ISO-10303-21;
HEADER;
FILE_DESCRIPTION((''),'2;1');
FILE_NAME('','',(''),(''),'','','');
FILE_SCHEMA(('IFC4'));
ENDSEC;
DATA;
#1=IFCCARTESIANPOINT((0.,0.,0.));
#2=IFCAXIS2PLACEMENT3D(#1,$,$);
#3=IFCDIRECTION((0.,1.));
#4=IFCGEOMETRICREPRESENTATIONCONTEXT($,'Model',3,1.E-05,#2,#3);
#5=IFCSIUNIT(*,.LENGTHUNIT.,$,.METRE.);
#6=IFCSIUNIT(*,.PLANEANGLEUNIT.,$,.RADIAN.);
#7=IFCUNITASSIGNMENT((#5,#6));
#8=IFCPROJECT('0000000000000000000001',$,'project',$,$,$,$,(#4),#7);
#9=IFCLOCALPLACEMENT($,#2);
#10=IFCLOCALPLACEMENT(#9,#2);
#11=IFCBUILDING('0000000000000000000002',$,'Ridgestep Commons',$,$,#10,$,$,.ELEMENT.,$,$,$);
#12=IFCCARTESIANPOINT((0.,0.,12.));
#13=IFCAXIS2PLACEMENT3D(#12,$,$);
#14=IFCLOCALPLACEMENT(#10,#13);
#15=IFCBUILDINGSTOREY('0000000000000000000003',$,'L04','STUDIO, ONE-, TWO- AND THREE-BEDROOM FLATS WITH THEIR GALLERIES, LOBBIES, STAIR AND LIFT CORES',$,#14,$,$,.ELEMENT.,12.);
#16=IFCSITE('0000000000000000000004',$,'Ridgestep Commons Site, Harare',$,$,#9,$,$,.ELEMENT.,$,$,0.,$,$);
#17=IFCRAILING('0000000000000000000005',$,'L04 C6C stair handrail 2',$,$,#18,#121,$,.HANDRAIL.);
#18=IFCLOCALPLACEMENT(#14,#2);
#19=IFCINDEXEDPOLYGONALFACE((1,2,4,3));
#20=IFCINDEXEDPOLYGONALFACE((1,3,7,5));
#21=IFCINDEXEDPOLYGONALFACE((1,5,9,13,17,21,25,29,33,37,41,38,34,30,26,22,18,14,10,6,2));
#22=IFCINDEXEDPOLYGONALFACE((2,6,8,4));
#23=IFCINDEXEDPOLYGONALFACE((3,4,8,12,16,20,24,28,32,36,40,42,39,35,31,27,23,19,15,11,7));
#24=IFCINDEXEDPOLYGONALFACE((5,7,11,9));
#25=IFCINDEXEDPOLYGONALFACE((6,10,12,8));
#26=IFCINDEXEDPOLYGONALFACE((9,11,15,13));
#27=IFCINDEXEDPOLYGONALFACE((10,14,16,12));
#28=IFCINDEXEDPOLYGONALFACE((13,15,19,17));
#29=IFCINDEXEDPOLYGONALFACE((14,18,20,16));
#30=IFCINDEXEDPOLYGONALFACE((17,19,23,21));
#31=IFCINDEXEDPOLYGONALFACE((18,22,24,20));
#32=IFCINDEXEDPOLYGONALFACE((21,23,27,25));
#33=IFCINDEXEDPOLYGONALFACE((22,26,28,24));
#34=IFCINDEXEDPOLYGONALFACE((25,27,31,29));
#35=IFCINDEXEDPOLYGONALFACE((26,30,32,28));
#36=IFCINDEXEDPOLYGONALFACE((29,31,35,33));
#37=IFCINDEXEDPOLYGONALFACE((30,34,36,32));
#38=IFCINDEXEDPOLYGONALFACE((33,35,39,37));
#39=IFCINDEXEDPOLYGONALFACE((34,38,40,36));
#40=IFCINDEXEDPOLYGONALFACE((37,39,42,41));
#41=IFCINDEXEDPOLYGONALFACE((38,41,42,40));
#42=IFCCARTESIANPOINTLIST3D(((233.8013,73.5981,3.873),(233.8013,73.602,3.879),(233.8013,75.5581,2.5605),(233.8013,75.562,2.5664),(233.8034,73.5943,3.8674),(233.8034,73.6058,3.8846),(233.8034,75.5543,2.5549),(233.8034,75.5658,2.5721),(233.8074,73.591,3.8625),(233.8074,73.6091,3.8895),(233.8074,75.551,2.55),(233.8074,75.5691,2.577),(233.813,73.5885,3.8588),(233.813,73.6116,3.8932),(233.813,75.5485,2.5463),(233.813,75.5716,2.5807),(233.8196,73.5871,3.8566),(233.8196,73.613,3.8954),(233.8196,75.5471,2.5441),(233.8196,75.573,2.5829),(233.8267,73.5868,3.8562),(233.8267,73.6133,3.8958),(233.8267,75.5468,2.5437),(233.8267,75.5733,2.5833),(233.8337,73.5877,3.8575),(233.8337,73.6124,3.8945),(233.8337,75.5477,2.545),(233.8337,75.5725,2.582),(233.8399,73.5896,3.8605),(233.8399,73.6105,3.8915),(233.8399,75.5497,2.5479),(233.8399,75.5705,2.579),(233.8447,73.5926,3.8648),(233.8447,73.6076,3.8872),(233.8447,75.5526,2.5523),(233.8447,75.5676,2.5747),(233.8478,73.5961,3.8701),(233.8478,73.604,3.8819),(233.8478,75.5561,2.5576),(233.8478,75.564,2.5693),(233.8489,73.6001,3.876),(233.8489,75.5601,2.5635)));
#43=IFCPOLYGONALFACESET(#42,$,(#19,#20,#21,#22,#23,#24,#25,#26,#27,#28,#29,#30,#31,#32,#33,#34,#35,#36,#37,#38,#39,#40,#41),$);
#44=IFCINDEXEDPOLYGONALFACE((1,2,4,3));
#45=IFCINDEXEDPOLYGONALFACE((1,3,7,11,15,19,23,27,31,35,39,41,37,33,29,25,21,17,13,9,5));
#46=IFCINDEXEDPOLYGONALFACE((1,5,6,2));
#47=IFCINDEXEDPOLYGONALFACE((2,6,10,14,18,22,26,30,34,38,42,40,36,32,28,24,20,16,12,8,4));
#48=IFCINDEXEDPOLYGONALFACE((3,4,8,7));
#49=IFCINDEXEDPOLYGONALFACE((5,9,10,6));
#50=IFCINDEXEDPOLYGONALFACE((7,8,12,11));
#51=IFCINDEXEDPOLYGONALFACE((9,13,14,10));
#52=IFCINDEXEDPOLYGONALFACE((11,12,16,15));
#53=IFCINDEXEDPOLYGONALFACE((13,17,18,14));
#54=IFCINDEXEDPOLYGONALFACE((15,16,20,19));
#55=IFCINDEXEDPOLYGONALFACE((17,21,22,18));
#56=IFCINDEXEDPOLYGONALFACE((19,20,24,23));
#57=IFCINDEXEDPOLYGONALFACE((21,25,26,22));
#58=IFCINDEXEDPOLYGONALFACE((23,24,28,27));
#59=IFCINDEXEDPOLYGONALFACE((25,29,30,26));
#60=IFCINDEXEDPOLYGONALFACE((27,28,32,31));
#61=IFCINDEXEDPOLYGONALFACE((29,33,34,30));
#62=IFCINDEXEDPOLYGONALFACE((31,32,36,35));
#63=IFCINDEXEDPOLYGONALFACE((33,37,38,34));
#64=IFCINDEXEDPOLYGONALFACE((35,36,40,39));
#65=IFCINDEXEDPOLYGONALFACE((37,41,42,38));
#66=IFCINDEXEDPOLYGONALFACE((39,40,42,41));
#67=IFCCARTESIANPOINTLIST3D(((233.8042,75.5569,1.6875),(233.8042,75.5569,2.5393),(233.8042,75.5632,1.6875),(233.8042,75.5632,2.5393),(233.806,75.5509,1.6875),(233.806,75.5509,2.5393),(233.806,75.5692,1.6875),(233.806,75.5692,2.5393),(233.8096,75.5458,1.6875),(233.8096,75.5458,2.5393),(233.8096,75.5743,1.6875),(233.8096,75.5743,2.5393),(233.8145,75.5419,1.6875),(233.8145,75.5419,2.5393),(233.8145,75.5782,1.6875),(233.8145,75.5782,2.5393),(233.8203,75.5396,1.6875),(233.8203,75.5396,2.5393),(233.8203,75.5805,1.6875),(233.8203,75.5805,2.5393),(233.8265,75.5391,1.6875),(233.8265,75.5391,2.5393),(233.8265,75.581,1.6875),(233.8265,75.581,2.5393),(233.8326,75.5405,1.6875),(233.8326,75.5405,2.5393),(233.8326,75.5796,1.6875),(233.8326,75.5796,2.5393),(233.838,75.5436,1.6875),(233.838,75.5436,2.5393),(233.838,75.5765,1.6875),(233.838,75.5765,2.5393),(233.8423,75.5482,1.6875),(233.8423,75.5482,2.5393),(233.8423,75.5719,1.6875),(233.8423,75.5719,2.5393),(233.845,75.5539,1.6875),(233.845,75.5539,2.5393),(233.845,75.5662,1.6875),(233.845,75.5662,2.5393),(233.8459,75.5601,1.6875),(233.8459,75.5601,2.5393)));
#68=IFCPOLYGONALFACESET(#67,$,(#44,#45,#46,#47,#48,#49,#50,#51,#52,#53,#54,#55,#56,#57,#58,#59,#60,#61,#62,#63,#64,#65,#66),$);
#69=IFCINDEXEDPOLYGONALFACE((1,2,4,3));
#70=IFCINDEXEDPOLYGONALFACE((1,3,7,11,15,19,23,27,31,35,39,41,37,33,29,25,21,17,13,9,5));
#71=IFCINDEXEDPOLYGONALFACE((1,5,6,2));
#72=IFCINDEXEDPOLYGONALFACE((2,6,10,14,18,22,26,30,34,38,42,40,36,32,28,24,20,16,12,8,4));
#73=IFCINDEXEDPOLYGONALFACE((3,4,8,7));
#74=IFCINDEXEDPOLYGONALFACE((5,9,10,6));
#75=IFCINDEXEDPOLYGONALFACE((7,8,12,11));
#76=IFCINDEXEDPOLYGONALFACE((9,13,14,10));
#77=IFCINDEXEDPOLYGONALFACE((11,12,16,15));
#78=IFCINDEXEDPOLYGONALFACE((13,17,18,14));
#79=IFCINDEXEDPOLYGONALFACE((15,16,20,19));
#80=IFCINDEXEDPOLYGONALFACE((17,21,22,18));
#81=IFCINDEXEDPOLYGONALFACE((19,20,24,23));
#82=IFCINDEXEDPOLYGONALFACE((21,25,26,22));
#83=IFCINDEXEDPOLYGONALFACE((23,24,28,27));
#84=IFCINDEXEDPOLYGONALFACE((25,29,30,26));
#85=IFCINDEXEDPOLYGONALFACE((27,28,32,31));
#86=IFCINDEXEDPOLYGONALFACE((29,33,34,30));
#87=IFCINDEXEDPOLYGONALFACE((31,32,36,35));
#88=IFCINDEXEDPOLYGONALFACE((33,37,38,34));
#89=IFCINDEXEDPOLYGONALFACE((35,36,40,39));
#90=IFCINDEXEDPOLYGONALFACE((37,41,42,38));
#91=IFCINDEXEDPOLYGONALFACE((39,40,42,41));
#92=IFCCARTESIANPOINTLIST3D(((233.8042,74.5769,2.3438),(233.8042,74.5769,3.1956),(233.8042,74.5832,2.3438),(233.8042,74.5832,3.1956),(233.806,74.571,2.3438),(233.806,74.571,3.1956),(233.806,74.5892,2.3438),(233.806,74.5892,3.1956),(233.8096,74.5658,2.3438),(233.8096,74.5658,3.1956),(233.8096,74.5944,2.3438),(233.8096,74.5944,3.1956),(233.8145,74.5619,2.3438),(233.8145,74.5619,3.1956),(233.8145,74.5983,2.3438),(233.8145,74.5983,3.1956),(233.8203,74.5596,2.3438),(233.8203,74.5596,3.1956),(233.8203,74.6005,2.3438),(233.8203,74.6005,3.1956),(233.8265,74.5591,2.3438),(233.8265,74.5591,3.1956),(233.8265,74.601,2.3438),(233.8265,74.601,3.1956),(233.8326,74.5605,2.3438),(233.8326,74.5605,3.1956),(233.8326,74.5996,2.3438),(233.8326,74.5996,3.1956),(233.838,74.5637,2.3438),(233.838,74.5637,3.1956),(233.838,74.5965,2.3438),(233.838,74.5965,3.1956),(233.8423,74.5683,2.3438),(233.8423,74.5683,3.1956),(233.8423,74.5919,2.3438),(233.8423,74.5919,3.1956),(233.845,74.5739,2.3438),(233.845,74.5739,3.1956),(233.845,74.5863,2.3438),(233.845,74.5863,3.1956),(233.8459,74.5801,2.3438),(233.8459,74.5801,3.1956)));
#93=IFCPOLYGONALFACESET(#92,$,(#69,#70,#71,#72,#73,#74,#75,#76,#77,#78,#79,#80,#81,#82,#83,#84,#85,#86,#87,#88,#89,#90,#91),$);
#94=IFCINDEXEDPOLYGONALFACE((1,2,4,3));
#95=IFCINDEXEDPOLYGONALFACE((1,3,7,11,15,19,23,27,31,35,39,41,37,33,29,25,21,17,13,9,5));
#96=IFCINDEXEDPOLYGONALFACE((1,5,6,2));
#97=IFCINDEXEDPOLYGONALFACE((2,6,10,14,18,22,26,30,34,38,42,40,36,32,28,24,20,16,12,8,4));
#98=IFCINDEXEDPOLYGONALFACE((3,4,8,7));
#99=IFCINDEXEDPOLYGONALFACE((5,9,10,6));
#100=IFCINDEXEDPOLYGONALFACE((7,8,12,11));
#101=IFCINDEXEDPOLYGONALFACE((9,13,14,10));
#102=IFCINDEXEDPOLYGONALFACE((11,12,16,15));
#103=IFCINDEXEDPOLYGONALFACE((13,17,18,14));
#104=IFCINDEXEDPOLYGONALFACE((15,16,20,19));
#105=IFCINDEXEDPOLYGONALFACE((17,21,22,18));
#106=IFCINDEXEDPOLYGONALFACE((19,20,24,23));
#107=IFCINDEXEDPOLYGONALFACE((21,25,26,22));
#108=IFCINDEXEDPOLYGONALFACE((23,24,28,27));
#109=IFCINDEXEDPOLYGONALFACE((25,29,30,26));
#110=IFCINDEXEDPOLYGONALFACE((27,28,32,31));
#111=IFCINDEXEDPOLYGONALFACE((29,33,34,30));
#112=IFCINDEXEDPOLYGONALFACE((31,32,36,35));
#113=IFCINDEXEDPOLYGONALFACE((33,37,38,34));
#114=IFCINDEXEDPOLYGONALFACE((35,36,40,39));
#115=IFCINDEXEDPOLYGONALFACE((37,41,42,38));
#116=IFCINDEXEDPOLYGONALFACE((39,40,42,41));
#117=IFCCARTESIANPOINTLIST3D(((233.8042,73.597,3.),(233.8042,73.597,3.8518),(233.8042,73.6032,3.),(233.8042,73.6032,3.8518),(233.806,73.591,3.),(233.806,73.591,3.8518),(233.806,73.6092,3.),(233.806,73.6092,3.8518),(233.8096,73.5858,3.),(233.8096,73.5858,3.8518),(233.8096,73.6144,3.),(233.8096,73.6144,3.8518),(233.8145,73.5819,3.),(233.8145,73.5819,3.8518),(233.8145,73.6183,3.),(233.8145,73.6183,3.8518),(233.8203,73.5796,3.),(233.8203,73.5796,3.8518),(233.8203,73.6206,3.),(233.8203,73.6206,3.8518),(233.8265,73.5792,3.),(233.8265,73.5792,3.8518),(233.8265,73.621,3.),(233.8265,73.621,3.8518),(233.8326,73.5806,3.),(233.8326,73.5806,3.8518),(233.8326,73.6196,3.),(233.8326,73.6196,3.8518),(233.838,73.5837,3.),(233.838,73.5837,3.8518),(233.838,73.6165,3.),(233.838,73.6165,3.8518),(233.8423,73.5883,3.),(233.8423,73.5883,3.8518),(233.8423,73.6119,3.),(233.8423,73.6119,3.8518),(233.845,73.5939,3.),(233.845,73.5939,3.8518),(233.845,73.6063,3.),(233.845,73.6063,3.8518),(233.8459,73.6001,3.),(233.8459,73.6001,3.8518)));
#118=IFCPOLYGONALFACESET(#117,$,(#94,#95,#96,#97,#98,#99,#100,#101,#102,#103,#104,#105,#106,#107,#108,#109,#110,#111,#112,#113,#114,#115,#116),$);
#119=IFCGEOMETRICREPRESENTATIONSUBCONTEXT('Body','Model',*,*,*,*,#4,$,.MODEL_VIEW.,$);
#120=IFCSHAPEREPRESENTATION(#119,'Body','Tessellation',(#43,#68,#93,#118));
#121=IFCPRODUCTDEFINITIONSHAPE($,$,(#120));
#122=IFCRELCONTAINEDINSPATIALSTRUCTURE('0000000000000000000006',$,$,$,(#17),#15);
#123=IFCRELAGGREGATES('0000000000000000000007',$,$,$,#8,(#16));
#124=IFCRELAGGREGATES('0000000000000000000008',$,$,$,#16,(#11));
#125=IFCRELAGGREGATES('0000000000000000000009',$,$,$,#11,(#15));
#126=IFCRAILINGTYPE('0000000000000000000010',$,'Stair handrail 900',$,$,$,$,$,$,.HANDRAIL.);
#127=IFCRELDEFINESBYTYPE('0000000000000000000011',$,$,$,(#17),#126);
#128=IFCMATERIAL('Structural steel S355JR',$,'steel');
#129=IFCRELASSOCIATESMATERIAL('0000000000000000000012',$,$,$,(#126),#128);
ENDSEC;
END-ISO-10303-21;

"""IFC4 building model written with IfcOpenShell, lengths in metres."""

from ifc_helpers import new_model, si_unit, direction, frame, origin, origin_2d, place, context, subcontext, project, spatial, circle, extrude, material, type_object, element, save


model = new_model("IFC4")

# Units and contexts
model_context = context("Model", 3, precision=1e-05, world=origin(), true_north=direction((0.0, 1.0)))
body_context = subcontext(model_context, "Body", "Model", "MODEL_VIEW")
ifc_project = project(units=[si_unit("LENGTHUNIT", "METRE"), si_unit("PLANEANGLEUNIT", "RADIAN")], contexts=[model_context])

# Site, building, storey
site_placement = place(None, origin())
site = spatial("IfcSite", under=ifc_project, at=site_placement, Name="Ridgestep Commons Site, Harare", CompositionType="ELEMENT", RefElevation=0.0)
building_placement = place(site_placement, origin())
building = spatial("IfcBuilding", under=site, at=building_placement, Name="Ridgestep Commons", CompositionType="ELEMENT")
storey_placement = place(building_placement, frame((0.0, 0.0, 12.0)))
storey = spatial("IfcBuildingStorey", under=building, at=storey_placement, Name="L04", Description="STUDIO, ONE-, TWO- AND THREE-BEDROOM FLATS WITH THEIR GALLERIES, LOBBIES, STAIR AND LIFT CORES", CompositionType="ELEMENT", Elevation=12.0)

# Railing
ifc_material_1 = material(Name="Structural steel S355JR", Category="steel")
railing_type_1 = type_object("IfcRailingType", Name="Stair handrail 900", PredefinedType="HANDRAIL", material=ifc_material_1)
railing_1_placement = place(storey_placement, frame((233.825, 75.5601, 1.6875)))
element("IfcRailing", 1, at=railing_1_placement, inside=storey, type_object=railing_type_1, Name="L04 C6C stair handrail 2", PredefinedType="HANDRAIL", context=body_context, shape_type="SweptSolid", body=[
    extrude(circle(Radius=0.0239, at=origin_2d()), frame((0.0, 0.0, 0.876), z_axis=(0.0, -0.830902, 0.556419), x_axis=(1.0, 0.0, 0.0)), (0.0, 0.0, 1.0), 2.3589),
    extrude(circle(Radius=0.021, at=origin_2d()), origin(), (0.0, 0.0, 1.0), 0.8518),
    extrude(circle(Radius=0.021, at=origin_2d()), frame((0.0, -0.98, 0.6562)), (0.0, 0.0, 1.0), 0.8518),
    extrude(circle(Radius=0.021, at=origin_2d()), frame((0.0, -1.96, 1.3125)), (0.0, 0.0, 1.0), 0.8518),
])

save(model, "model.ifc")
